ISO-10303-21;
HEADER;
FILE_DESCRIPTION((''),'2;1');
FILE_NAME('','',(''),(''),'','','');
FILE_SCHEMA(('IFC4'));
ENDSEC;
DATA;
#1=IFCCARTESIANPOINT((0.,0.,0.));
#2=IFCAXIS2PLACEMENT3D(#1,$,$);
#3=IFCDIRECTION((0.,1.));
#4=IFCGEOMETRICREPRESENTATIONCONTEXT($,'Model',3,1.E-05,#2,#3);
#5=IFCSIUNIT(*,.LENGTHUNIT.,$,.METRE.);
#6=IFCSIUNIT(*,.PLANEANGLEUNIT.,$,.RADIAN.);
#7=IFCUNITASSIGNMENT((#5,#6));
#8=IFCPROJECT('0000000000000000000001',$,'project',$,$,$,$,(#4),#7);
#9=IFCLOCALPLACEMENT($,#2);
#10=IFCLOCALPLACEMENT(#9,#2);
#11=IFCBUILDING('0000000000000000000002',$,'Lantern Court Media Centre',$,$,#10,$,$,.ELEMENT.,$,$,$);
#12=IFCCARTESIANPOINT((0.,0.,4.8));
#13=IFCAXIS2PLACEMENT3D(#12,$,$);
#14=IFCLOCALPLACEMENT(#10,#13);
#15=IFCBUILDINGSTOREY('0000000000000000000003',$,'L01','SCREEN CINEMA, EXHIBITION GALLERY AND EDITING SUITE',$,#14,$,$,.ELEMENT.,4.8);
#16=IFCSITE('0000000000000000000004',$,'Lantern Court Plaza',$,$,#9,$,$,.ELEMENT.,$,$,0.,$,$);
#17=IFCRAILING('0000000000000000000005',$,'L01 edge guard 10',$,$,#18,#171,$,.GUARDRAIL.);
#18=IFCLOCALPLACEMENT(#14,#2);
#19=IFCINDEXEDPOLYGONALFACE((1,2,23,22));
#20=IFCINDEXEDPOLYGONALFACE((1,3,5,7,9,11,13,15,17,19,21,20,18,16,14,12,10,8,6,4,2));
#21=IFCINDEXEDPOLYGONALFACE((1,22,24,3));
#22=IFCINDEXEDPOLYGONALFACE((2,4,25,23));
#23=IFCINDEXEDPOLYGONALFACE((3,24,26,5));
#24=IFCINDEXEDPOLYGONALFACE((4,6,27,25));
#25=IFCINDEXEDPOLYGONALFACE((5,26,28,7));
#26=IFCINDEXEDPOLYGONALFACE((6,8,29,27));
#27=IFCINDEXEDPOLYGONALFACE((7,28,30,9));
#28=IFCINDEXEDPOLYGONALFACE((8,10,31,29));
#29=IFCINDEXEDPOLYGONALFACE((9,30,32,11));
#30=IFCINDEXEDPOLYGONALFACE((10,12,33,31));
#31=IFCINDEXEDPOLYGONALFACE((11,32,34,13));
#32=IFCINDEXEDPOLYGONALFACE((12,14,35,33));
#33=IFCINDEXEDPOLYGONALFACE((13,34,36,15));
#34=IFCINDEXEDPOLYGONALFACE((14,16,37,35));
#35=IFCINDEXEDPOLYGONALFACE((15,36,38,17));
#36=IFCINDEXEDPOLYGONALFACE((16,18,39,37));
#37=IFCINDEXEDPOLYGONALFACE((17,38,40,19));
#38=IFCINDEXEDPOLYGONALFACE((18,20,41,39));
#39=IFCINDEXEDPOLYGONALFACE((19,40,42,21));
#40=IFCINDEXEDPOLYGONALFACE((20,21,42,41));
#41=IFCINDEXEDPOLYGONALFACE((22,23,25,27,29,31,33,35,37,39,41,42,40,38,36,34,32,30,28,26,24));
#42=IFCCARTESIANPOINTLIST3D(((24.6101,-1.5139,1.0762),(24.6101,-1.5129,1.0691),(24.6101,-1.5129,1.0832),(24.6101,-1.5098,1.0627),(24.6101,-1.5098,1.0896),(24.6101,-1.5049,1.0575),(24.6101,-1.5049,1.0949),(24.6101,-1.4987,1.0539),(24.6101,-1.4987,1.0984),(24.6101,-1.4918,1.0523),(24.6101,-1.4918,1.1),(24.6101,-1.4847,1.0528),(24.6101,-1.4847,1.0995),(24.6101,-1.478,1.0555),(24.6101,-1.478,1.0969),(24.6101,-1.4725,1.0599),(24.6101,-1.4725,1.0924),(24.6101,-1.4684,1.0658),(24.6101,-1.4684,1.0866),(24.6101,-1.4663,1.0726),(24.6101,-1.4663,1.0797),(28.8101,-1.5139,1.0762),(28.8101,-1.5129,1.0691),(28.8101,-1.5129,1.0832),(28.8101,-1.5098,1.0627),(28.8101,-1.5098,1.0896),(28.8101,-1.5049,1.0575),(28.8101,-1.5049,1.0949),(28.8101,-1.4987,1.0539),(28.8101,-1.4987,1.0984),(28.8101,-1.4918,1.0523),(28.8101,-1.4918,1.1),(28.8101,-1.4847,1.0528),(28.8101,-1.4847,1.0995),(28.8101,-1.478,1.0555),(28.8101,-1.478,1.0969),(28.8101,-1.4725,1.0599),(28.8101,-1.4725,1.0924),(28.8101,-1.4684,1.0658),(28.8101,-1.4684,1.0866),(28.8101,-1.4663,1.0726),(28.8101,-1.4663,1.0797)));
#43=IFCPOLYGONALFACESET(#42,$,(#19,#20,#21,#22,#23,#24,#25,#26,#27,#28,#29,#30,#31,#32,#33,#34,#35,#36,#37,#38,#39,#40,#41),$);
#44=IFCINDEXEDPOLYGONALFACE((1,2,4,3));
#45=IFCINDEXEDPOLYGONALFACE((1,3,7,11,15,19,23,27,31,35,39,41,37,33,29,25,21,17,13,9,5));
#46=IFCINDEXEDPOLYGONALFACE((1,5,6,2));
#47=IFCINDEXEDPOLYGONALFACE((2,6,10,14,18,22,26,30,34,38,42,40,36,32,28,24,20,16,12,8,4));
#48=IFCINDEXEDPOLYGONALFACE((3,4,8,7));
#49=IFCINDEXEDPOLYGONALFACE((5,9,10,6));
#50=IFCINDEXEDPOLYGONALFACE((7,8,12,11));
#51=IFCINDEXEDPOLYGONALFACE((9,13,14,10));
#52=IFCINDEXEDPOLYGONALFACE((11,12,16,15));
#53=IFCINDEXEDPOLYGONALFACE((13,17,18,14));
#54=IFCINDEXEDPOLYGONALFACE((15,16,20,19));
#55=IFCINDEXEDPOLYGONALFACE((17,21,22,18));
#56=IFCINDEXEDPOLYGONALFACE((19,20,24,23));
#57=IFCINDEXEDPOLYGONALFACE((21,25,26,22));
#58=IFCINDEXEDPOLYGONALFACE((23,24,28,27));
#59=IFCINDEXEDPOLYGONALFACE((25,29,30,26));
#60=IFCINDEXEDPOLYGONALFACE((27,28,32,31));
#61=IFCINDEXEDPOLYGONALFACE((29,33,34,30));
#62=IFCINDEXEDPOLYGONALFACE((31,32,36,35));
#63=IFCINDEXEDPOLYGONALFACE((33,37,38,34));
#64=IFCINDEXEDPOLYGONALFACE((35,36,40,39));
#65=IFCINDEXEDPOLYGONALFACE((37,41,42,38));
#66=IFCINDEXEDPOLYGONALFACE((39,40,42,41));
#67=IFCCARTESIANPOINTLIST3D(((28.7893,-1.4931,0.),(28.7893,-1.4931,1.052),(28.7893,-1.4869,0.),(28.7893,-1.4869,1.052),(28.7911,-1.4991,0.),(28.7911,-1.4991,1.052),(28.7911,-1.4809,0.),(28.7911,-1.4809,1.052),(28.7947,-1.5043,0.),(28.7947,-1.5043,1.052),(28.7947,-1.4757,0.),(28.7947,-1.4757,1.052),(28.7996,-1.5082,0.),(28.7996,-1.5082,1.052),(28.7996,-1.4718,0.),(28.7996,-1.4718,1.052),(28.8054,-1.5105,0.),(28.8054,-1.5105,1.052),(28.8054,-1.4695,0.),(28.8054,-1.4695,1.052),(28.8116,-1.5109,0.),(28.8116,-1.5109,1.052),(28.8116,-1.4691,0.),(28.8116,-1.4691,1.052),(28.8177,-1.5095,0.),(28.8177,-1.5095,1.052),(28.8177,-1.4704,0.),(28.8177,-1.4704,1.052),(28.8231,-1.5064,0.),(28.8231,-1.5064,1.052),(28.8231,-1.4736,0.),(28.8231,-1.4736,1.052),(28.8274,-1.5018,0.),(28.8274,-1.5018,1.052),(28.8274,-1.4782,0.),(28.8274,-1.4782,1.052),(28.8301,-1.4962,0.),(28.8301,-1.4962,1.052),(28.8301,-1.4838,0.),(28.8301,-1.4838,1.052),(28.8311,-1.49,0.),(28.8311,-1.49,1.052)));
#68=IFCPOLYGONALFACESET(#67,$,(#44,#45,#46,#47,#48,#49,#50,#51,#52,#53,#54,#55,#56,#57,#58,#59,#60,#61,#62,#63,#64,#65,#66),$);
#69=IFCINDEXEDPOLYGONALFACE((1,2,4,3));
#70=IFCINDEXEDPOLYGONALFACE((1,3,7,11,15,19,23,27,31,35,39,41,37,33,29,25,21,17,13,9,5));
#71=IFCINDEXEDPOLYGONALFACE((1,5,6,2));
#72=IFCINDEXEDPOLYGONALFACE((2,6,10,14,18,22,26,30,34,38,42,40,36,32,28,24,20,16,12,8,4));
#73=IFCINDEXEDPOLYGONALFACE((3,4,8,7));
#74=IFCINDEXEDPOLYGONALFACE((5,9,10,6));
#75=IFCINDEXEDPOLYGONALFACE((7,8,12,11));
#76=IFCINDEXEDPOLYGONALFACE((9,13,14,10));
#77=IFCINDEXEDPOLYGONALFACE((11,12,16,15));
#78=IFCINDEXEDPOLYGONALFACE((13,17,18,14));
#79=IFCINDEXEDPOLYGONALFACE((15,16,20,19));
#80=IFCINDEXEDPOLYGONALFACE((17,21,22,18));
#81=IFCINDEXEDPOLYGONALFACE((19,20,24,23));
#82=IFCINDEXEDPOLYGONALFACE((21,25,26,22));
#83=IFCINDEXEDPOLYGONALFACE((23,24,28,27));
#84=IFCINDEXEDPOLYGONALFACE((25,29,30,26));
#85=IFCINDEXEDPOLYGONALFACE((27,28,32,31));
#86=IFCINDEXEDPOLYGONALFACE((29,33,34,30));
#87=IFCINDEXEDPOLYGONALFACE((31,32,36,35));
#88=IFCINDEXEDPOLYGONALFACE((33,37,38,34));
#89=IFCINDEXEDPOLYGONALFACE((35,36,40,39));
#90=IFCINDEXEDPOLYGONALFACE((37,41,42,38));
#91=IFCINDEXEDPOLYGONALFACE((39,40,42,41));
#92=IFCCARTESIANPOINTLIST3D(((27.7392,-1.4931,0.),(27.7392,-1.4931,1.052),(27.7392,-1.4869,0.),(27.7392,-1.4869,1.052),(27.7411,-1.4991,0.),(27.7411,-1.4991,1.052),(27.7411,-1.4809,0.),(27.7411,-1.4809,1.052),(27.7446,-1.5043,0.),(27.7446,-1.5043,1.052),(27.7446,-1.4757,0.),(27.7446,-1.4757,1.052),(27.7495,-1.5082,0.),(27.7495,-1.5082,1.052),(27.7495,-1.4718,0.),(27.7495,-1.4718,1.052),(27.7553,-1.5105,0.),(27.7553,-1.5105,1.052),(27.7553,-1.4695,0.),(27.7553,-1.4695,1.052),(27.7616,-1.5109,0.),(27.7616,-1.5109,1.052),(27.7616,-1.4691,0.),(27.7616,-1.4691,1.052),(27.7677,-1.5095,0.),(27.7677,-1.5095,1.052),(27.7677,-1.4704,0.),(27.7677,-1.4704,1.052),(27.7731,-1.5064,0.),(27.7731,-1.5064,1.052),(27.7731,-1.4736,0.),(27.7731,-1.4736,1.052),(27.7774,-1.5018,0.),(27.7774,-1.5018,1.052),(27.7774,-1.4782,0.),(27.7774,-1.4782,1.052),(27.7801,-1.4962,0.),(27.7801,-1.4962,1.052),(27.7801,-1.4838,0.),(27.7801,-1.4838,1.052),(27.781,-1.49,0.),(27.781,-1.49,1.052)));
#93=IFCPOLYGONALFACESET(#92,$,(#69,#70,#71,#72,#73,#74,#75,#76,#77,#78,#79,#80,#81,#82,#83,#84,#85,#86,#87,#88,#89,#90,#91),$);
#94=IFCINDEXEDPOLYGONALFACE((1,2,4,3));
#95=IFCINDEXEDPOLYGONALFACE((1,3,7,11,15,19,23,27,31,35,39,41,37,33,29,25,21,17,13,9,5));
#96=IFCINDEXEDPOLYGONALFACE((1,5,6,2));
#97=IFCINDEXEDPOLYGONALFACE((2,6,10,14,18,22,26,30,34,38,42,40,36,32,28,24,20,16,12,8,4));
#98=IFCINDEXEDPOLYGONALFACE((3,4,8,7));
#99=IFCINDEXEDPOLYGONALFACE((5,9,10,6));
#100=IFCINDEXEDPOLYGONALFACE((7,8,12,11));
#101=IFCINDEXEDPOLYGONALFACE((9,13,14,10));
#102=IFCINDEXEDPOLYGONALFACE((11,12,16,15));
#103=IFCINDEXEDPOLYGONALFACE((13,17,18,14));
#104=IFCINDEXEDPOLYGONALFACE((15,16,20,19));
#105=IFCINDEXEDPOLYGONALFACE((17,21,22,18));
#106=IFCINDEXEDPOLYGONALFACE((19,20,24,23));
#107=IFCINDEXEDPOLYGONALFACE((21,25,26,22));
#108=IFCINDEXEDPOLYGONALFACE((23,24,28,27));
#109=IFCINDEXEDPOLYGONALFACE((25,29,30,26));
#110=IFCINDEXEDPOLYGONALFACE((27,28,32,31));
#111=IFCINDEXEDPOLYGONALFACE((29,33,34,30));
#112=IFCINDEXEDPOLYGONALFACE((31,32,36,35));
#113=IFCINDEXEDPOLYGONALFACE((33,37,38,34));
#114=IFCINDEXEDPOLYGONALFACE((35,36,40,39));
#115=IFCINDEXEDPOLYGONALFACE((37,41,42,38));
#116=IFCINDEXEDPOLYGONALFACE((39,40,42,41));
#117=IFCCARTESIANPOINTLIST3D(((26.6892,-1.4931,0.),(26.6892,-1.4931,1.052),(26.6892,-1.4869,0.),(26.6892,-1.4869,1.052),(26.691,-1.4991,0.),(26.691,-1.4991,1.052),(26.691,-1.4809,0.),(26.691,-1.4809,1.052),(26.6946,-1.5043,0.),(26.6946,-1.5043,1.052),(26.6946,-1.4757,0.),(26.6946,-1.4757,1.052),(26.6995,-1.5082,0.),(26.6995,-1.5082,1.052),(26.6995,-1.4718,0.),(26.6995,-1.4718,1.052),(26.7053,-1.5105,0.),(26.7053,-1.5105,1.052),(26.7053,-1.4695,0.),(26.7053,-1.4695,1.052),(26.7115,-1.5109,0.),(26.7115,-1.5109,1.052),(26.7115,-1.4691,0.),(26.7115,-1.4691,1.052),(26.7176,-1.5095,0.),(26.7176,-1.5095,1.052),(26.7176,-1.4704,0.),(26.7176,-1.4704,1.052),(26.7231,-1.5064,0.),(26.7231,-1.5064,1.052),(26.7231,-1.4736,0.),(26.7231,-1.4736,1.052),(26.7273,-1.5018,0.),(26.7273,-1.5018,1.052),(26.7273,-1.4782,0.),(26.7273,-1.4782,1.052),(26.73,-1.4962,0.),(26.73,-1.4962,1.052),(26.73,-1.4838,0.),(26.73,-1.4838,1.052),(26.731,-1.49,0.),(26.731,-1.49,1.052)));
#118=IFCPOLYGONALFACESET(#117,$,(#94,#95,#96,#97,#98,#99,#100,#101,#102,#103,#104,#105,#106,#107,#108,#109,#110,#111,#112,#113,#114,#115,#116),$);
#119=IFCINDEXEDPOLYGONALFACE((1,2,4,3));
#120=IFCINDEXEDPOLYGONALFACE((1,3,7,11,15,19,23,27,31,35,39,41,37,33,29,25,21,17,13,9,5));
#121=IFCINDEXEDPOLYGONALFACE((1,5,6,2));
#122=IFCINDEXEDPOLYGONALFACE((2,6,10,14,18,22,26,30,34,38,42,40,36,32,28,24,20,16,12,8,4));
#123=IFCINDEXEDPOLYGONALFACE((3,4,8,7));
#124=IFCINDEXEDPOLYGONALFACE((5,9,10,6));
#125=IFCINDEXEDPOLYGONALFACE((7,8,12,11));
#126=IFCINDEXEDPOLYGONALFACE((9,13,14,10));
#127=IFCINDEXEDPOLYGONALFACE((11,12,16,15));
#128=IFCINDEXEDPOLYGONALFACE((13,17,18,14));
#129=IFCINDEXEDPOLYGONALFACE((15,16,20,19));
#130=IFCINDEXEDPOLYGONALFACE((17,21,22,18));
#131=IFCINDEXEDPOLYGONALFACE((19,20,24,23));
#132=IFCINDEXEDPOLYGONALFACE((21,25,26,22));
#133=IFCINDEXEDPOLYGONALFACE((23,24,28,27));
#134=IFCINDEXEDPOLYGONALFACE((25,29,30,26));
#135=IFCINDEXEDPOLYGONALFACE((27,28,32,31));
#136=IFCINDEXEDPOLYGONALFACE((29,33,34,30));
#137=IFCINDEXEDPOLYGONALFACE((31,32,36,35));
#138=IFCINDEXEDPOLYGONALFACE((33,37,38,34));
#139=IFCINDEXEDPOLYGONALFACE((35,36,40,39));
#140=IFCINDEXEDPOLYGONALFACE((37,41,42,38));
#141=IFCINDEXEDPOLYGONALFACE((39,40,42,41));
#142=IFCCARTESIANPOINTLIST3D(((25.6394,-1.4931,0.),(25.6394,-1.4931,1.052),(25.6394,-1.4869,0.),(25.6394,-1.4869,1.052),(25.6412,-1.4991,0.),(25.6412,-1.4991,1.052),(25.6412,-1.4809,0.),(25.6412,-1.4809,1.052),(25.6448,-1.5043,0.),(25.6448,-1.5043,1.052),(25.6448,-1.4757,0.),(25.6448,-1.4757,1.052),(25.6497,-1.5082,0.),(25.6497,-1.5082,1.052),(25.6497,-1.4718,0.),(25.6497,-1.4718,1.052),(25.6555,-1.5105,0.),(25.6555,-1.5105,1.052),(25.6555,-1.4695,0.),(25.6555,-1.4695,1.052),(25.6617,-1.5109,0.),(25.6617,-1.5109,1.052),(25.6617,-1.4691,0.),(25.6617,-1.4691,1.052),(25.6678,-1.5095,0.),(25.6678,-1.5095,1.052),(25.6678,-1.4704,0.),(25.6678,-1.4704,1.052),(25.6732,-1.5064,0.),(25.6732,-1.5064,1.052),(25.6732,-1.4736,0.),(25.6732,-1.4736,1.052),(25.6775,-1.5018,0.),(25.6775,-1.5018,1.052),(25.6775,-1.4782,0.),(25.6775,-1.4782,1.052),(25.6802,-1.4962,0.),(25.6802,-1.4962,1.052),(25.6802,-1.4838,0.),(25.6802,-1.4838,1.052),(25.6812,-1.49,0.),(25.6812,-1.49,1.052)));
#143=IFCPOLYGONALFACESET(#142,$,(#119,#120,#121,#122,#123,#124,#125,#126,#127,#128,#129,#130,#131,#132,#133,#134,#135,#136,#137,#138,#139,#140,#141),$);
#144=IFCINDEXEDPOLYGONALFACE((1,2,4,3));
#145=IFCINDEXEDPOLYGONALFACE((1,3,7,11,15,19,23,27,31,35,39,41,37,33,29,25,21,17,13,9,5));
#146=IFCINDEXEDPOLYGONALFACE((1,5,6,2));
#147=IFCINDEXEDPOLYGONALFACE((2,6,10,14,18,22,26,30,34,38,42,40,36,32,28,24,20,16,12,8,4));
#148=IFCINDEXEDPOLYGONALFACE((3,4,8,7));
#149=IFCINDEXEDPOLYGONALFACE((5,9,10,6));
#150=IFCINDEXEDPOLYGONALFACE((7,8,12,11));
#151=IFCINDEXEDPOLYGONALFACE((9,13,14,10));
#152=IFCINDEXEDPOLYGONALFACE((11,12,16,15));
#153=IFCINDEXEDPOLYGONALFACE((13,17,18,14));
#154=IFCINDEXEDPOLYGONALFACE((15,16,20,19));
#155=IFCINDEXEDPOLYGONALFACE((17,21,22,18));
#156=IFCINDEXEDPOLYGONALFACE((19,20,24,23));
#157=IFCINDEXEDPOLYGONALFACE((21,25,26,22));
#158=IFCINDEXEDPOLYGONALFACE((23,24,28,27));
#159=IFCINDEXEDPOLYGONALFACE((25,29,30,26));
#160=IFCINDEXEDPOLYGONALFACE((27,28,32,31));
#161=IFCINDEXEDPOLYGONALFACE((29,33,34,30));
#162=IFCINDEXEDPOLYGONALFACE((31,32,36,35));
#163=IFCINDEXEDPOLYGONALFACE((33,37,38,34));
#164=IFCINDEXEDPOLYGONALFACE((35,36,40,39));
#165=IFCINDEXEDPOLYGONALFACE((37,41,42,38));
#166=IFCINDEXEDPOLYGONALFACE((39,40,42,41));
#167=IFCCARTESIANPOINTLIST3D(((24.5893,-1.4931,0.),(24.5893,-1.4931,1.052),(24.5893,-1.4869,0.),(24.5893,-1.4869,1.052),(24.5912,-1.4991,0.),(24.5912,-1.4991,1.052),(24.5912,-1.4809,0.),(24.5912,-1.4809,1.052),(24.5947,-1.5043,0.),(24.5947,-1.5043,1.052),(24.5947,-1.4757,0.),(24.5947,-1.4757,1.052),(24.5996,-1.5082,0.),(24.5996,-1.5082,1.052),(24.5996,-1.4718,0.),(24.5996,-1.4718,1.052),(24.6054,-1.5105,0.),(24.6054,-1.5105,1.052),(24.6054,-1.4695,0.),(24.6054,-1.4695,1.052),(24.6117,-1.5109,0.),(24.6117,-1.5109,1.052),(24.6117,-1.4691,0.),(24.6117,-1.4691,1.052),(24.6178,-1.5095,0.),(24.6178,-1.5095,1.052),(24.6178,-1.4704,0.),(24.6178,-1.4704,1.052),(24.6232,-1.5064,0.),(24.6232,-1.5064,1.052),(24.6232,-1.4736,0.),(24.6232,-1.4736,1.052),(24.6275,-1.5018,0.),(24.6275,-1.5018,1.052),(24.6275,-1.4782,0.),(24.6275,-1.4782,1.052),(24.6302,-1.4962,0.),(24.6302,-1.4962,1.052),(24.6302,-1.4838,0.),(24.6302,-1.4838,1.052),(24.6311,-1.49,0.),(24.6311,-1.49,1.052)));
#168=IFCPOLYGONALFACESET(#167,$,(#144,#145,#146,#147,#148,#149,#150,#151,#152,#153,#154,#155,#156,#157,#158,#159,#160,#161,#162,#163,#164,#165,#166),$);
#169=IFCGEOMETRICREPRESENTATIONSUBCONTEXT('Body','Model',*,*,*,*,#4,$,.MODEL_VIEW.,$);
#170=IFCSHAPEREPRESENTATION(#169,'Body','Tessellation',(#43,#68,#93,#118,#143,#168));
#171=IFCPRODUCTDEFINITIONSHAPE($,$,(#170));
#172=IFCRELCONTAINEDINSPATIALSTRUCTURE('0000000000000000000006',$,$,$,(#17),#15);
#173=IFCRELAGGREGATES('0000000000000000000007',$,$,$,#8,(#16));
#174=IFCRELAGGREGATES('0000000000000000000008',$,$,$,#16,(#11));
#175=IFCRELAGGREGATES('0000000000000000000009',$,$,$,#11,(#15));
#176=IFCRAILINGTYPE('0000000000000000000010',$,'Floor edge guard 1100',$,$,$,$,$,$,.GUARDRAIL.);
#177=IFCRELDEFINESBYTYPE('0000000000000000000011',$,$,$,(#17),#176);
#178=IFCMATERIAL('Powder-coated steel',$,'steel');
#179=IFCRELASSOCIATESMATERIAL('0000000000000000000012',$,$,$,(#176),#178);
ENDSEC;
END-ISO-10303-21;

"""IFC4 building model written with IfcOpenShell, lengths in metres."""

from ifc_helpers import new_model, si_unit, direction, frame, origin, origin_2d, place, context, subcontext, project, spatial, circle, extrude, material, type_object, element, save


model = new_model("IFC4")

# Units and contexts
model_context = context("Model", 3, precision=1e-05, world=origin(), true_north=direction((0.0, 1.0)))
body_context = subcontext(model_context, "Body", "Model", "MODEL_VIEW")
ifc_project = project(units=[si_unit("LENGTHUNIT", "METRE"), si_unit("PLANEANGLEUNIT", "RADIAN")], contexts=[model_context])

# Site, building, storey
site_placement = place(None, origin())
site = spatial("IfcSite", under=ifc_project, at=site_placement, Name="Lantern Court Plaza", CompositionType="ELEMENT", RefElevation=0.0)
building_placement = place(site_placement, origin())
building = spatial("IfcBuilding", under=site, at=building_placement, Name="Lantern Court Media Centre", CompositionType="ELEMENT")
storey_placement = place(building_placement, frame((0.0, 0.0, 4.8)))
storey = spatial("IfcBuildingStorey", under=building, at=storey_placement, Name="L01", Description="SCREEN CINEMA, EXHIBITION GALLERY AND EDITING SUITE", CompositionType="ELEMENT", Elevation=4.8)

# Railing
ifc_material_1 = material(Name="Powder-coated steel", Category="steel")
railing_type = type_object("IfcRailingType", Name="Floor edge guard 1100", PredefinedType="GUARDRAIL", material=ifc_material_1)
railing_placement = place(storey_placement, frame((28.8101, -1.49, 0.0)))
element("IfcRailing", 1, at=railing_placement, inside=storey, type_object=railing_type, Name="L01 edge guard 10", PredefinedType="GUARDRAIL", context=body_context, shape_type="SweptSolid", body=[
    extrude(circle(Radius=0.0239, at=origin_2d()), frame((0.0, 0.0, 1.0762), z_axis=(-1.0, 0.0, 0.0), x_axis=(0.0, -1.0, 0.0)), (0.0, 0.0, 1.0), 4.2),
    extrude(circle(Radius=0.021, at=origin_2d()), origin(), (0.0, 0.0, 1.0), 1.052),
    extrude(circle(Radius=0.021, at=origin_2d()), frame((-1.05, 0.0, 0.0)), (0.0, 0.0, 1.0), 1.052),
    extrude(circle(Radius=0.021, at=origin_2d()), frame((-2.1001, 0.0, 0.0)), (0.0, 0.0, 1.0), 1.052),
    extrude(circle(Radius=0.021, at=origin_2d()), frame((-3.1499, 0.0, 0.0)), (0.0, 0.0, 1.0), 1.052),
    extrude(circle(Radius=0.021, at=origin_2d()), frame((-4.2, 0.0, 0.0)), (0.0, 0.0, 1.0), 1.052),
])

save(model, "model.ifc")
